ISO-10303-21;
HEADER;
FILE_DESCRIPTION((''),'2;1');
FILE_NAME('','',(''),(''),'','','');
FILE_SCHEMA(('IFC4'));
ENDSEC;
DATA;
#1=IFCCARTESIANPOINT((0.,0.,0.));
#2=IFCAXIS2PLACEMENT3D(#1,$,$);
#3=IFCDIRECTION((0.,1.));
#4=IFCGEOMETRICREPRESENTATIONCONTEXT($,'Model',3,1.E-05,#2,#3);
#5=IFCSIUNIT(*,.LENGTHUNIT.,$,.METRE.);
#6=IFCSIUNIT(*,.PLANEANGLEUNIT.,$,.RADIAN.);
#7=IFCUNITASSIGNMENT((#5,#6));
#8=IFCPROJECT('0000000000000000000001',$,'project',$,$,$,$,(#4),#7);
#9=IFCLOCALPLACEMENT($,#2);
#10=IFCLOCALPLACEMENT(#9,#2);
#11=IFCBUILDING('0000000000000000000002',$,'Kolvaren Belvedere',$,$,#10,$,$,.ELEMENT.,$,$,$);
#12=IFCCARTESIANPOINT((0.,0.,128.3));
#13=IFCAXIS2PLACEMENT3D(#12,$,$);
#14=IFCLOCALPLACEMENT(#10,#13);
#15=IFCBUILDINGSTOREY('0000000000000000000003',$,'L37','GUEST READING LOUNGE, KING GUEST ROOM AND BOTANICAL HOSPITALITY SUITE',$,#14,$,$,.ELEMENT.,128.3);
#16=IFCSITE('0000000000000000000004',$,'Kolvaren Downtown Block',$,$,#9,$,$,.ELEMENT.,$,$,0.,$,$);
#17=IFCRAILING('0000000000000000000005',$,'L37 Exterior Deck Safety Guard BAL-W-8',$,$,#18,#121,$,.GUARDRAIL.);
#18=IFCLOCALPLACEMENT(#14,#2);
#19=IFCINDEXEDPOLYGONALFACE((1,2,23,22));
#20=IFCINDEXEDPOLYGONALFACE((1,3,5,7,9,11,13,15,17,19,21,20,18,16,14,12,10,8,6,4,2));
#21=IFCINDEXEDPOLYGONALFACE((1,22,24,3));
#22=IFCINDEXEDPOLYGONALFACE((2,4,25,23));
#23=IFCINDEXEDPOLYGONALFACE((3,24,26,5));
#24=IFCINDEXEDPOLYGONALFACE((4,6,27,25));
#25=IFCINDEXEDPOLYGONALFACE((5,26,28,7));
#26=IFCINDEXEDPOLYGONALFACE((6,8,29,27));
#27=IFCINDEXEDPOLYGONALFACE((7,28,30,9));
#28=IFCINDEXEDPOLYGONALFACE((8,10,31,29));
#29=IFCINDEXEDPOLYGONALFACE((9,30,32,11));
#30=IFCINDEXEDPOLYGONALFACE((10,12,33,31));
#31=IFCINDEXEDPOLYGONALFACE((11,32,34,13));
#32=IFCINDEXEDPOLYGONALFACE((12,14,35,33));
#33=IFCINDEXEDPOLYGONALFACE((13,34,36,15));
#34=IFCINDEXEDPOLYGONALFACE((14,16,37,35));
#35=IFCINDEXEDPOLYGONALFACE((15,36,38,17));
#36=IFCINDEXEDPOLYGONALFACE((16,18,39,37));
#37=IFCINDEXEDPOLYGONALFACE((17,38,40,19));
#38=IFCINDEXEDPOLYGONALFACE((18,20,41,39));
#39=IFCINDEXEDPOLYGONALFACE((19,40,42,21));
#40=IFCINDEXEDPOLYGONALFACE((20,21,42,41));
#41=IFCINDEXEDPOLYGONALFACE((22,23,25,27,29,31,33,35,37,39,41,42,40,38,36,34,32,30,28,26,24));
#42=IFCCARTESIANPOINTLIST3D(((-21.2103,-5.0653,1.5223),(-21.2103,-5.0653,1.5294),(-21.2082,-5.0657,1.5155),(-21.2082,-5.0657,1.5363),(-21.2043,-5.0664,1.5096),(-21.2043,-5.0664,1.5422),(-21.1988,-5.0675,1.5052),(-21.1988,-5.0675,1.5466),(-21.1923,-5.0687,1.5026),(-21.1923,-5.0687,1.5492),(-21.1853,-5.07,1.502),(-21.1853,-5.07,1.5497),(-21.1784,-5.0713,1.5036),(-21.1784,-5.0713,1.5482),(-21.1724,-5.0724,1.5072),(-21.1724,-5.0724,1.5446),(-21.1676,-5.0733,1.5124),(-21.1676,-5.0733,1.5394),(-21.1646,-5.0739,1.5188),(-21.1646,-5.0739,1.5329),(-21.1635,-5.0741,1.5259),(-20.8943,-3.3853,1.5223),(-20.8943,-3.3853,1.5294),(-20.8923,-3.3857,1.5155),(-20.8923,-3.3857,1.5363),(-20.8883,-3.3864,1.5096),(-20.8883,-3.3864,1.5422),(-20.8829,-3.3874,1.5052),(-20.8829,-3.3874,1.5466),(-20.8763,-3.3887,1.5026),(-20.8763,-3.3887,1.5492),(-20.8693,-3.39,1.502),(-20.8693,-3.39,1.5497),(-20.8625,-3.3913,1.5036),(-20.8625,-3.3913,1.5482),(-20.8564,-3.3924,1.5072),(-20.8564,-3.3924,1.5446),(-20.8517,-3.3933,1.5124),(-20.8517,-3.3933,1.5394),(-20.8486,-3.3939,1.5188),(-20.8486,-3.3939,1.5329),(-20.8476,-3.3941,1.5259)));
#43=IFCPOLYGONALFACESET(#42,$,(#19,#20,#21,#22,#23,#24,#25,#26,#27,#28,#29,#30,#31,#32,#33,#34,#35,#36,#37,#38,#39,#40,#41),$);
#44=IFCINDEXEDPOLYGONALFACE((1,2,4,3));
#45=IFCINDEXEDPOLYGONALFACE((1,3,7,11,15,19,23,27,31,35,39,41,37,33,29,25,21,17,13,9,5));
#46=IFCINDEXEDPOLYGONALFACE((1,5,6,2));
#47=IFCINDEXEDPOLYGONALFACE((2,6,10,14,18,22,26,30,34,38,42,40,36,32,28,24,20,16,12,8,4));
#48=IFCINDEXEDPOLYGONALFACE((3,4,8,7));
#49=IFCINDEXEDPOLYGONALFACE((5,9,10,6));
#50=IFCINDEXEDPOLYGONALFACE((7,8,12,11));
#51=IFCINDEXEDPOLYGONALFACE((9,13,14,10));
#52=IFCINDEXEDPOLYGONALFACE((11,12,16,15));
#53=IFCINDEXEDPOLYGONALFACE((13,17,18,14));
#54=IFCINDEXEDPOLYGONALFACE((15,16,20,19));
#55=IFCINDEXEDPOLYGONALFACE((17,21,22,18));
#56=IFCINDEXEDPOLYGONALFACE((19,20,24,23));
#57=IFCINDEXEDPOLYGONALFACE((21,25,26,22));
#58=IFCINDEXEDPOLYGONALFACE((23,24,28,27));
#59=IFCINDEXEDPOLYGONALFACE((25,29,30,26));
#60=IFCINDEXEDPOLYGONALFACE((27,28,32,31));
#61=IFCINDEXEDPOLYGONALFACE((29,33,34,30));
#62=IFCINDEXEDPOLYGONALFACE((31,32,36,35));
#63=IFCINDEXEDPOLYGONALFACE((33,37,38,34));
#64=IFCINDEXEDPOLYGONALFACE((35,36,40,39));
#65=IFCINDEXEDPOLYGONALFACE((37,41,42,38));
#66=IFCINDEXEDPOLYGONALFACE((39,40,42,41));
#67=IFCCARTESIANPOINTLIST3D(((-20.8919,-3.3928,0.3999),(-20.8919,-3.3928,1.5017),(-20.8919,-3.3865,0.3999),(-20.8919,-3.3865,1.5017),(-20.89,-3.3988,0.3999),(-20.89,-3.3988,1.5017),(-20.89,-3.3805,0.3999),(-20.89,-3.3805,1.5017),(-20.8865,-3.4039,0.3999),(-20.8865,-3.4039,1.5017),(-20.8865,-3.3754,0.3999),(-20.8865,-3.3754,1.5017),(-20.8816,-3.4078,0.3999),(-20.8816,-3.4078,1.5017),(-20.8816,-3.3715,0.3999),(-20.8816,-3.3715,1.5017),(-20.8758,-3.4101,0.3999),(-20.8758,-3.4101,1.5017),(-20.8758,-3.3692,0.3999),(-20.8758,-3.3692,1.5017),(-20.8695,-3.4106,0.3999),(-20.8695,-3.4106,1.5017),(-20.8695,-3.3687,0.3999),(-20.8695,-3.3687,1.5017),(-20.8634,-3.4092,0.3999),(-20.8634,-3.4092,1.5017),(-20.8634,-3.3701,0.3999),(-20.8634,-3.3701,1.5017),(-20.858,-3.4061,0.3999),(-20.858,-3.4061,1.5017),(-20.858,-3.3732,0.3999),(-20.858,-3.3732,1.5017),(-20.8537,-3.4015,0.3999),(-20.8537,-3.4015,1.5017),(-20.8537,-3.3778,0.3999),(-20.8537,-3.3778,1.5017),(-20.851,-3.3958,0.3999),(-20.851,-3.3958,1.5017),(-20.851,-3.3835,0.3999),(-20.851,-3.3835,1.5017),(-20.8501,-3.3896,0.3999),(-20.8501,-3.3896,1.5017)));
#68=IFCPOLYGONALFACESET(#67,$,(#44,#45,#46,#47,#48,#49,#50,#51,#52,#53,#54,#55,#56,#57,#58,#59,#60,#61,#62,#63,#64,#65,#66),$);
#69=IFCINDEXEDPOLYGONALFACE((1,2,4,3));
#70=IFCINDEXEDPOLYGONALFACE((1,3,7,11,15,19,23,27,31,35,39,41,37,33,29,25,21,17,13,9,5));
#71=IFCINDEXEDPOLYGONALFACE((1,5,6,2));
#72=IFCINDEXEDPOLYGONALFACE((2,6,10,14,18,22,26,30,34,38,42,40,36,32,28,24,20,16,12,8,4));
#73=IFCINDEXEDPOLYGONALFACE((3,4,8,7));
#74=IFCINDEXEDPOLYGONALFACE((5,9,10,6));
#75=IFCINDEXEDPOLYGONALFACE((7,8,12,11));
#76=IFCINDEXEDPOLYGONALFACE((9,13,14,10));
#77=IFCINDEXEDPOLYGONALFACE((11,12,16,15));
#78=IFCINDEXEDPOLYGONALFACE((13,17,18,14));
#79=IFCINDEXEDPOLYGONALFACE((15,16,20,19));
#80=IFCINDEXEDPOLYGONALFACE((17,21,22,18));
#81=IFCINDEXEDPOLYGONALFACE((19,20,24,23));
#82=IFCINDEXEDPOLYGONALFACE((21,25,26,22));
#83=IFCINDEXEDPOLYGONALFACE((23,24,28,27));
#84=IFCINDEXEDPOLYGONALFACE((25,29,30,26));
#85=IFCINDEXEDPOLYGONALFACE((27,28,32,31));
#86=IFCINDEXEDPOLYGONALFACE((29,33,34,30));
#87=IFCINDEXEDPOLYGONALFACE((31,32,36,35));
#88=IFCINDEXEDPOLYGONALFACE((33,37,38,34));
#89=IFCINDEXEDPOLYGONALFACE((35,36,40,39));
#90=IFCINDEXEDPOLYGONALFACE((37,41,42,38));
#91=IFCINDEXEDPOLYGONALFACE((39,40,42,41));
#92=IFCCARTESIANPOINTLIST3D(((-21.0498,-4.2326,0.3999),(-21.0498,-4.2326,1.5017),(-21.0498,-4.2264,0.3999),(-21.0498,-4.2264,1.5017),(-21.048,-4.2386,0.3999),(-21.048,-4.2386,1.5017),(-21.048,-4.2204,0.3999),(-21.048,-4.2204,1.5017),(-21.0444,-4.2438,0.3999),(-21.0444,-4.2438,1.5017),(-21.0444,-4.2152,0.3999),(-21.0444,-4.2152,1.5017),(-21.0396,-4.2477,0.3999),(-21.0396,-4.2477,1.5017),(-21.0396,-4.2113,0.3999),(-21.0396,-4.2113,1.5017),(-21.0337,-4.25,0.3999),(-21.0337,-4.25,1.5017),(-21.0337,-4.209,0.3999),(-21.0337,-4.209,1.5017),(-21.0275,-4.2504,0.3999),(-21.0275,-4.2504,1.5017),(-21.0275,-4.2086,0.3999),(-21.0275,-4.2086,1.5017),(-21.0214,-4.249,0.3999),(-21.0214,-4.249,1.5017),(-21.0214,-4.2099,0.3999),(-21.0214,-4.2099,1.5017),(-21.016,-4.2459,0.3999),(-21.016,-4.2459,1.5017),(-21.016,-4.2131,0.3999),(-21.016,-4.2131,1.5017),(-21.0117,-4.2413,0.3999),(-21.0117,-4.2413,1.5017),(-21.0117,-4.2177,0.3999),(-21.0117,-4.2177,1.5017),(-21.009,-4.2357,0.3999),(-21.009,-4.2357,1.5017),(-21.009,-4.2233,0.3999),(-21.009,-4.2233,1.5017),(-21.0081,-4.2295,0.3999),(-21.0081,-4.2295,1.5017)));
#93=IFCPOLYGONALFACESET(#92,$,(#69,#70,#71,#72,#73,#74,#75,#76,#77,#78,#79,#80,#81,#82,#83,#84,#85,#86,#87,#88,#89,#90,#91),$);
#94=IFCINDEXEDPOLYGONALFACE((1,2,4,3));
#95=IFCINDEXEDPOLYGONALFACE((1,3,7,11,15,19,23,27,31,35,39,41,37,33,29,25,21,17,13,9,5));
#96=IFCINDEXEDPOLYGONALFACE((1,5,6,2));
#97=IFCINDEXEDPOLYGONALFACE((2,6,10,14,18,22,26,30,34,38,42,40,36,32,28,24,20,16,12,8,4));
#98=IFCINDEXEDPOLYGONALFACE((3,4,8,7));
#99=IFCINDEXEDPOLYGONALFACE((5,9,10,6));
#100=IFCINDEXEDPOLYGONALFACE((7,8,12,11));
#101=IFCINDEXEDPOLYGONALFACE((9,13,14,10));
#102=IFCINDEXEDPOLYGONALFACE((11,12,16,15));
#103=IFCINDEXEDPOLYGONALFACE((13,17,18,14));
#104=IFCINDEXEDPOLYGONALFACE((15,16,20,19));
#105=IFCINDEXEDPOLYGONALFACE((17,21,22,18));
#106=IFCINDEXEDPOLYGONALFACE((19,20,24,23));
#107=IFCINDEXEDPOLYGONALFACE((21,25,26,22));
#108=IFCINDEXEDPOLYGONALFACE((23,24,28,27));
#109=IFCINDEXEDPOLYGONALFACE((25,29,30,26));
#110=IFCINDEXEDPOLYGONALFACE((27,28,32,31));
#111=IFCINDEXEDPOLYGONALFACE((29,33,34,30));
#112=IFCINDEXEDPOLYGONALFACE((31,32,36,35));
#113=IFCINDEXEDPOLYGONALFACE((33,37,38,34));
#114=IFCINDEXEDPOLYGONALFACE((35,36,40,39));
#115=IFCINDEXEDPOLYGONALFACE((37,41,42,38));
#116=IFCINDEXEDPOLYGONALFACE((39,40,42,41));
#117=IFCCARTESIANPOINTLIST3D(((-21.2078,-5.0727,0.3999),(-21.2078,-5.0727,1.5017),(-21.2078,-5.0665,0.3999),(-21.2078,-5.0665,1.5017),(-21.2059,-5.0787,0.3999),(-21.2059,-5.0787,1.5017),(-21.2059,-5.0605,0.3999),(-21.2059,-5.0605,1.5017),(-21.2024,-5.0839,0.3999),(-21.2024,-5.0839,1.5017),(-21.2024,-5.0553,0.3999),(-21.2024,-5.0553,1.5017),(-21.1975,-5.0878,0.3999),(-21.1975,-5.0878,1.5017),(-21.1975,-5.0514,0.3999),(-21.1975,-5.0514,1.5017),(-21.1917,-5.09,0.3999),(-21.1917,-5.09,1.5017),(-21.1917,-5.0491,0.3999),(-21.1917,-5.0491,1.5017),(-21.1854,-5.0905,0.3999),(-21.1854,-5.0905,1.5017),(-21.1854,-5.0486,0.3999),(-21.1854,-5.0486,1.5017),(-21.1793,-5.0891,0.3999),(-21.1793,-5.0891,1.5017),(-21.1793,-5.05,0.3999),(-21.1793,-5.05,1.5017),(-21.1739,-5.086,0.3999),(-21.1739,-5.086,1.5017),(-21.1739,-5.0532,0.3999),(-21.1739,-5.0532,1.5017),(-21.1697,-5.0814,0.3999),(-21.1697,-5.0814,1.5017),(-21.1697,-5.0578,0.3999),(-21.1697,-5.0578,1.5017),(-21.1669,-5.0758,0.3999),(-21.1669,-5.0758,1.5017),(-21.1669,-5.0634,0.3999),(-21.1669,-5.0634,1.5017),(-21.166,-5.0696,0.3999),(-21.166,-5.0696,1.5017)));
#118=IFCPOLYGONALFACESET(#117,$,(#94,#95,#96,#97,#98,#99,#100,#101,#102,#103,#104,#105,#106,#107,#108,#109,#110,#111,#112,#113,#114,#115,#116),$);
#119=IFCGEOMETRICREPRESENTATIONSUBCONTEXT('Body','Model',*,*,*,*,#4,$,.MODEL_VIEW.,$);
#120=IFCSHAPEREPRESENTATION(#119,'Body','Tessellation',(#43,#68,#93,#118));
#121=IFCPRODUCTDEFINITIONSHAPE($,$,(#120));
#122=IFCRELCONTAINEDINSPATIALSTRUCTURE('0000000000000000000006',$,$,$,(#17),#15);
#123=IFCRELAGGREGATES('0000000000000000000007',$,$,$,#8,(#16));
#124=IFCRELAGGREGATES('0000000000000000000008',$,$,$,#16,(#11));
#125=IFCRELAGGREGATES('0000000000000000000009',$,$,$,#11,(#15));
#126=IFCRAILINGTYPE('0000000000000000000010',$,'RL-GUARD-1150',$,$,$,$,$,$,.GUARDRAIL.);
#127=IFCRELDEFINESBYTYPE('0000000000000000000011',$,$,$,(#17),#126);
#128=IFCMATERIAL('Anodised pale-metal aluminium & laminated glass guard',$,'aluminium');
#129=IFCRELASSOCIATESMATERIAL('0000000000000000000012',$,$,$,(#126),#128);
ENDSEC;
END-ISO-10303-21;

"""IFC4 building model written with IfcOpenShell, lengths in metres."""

from ifc_helpers import new_model, si_unit, direction, frame, origin, origin_2d, place, context, subcontext, project, spatial, circle, extrude, material, type_object, element, save


model = new_model("IFC4")

# Units and contexts
model_context = context("Model", 3, precision=1e-05, world=origin(), true_north=direction((0.0, 1.0)))
body_context = subcontext(model_context, "Body", "Model", "MODEL_VIEW")
ifc_project = project(units=[si_unit("LENGTHUNIT", "METRE"), si_unit("PLANEANGLEUNIT", "RADIAN")], contexts=[model_context])

# Site, building, storey
site_placement = place(None, origin())
site = spatial("IfcSite", under=ifc_project, at=site_placement, Name="Kolvaren Downtown Block", CompositionType="ELEMENT", RefElevation=0.0)
building_placement = place(site_placement, origin())
building = spatial("IfcBuilding", under=site, at=building_placement, Name="Kolvaren Belvedere", CompositionType="ELEMENT")
storey_placement = place(building_placement, frame((0.0, 0.0, 128.3)))
storey = spatial("IfcBuildingStorey", under=building, at=storey_placement, Name="L37", Description="GUEST READING LOUNGE, KING GUEST ROOM AND BOTANICAL HOSPITALITY SUITE", CompositionType="ELEMENT", Elevation=128.3)

# Railing
ifc_material_1 = material(Name="Anodised pale-metal aluminium & laminated glass guard", Category="aluminium")
railing_type = type_object("IfcRailingType", Name="RL-GUARD-1150", PredefinedType="GUARDRAIL", material=ifc_material_1)
railing_1_placement = place(storey_placement, frame((-20.8711, -3.3896, 0.3999)))
element("IfcRailing", 1, at=railing_1_placement, inside=storey, type_object=railing_type, Name="L37 Exterior Deck Safety Guard BAL-W-8", PredefinedType="GUARDRAIL", context=body_context, shape_type="SweptSolid", body=[
    extrude(circle(Radius=0.0239, at=origin_2d()), frame((0.0, 0.0, 1.126), z_axis=(-0.184815, -0.982773, 0.0), x_axis=(0.982773, -0.184815, 0.0)), (0.0, 0.0, 1.0), 1.7095),
    extrude(circle(Radius=0.021, at=origin_2d()), origin(), (0.0, 0.0, 1.0), 1.1018),
    extrude(circle(Radius=0.021, at=origin_2d()), frame((-0.158, -0.8398, 0.0)), (0.0, 0.0, 1.0), 1.1018),
    extrude(circle(Radius=0.021, at=origin_2d()), frame((-0.3159, -1.6799, 0.0)), (0.0, 0.0, 1.0), 1.1018),
])

save(model, "model.ifc")
